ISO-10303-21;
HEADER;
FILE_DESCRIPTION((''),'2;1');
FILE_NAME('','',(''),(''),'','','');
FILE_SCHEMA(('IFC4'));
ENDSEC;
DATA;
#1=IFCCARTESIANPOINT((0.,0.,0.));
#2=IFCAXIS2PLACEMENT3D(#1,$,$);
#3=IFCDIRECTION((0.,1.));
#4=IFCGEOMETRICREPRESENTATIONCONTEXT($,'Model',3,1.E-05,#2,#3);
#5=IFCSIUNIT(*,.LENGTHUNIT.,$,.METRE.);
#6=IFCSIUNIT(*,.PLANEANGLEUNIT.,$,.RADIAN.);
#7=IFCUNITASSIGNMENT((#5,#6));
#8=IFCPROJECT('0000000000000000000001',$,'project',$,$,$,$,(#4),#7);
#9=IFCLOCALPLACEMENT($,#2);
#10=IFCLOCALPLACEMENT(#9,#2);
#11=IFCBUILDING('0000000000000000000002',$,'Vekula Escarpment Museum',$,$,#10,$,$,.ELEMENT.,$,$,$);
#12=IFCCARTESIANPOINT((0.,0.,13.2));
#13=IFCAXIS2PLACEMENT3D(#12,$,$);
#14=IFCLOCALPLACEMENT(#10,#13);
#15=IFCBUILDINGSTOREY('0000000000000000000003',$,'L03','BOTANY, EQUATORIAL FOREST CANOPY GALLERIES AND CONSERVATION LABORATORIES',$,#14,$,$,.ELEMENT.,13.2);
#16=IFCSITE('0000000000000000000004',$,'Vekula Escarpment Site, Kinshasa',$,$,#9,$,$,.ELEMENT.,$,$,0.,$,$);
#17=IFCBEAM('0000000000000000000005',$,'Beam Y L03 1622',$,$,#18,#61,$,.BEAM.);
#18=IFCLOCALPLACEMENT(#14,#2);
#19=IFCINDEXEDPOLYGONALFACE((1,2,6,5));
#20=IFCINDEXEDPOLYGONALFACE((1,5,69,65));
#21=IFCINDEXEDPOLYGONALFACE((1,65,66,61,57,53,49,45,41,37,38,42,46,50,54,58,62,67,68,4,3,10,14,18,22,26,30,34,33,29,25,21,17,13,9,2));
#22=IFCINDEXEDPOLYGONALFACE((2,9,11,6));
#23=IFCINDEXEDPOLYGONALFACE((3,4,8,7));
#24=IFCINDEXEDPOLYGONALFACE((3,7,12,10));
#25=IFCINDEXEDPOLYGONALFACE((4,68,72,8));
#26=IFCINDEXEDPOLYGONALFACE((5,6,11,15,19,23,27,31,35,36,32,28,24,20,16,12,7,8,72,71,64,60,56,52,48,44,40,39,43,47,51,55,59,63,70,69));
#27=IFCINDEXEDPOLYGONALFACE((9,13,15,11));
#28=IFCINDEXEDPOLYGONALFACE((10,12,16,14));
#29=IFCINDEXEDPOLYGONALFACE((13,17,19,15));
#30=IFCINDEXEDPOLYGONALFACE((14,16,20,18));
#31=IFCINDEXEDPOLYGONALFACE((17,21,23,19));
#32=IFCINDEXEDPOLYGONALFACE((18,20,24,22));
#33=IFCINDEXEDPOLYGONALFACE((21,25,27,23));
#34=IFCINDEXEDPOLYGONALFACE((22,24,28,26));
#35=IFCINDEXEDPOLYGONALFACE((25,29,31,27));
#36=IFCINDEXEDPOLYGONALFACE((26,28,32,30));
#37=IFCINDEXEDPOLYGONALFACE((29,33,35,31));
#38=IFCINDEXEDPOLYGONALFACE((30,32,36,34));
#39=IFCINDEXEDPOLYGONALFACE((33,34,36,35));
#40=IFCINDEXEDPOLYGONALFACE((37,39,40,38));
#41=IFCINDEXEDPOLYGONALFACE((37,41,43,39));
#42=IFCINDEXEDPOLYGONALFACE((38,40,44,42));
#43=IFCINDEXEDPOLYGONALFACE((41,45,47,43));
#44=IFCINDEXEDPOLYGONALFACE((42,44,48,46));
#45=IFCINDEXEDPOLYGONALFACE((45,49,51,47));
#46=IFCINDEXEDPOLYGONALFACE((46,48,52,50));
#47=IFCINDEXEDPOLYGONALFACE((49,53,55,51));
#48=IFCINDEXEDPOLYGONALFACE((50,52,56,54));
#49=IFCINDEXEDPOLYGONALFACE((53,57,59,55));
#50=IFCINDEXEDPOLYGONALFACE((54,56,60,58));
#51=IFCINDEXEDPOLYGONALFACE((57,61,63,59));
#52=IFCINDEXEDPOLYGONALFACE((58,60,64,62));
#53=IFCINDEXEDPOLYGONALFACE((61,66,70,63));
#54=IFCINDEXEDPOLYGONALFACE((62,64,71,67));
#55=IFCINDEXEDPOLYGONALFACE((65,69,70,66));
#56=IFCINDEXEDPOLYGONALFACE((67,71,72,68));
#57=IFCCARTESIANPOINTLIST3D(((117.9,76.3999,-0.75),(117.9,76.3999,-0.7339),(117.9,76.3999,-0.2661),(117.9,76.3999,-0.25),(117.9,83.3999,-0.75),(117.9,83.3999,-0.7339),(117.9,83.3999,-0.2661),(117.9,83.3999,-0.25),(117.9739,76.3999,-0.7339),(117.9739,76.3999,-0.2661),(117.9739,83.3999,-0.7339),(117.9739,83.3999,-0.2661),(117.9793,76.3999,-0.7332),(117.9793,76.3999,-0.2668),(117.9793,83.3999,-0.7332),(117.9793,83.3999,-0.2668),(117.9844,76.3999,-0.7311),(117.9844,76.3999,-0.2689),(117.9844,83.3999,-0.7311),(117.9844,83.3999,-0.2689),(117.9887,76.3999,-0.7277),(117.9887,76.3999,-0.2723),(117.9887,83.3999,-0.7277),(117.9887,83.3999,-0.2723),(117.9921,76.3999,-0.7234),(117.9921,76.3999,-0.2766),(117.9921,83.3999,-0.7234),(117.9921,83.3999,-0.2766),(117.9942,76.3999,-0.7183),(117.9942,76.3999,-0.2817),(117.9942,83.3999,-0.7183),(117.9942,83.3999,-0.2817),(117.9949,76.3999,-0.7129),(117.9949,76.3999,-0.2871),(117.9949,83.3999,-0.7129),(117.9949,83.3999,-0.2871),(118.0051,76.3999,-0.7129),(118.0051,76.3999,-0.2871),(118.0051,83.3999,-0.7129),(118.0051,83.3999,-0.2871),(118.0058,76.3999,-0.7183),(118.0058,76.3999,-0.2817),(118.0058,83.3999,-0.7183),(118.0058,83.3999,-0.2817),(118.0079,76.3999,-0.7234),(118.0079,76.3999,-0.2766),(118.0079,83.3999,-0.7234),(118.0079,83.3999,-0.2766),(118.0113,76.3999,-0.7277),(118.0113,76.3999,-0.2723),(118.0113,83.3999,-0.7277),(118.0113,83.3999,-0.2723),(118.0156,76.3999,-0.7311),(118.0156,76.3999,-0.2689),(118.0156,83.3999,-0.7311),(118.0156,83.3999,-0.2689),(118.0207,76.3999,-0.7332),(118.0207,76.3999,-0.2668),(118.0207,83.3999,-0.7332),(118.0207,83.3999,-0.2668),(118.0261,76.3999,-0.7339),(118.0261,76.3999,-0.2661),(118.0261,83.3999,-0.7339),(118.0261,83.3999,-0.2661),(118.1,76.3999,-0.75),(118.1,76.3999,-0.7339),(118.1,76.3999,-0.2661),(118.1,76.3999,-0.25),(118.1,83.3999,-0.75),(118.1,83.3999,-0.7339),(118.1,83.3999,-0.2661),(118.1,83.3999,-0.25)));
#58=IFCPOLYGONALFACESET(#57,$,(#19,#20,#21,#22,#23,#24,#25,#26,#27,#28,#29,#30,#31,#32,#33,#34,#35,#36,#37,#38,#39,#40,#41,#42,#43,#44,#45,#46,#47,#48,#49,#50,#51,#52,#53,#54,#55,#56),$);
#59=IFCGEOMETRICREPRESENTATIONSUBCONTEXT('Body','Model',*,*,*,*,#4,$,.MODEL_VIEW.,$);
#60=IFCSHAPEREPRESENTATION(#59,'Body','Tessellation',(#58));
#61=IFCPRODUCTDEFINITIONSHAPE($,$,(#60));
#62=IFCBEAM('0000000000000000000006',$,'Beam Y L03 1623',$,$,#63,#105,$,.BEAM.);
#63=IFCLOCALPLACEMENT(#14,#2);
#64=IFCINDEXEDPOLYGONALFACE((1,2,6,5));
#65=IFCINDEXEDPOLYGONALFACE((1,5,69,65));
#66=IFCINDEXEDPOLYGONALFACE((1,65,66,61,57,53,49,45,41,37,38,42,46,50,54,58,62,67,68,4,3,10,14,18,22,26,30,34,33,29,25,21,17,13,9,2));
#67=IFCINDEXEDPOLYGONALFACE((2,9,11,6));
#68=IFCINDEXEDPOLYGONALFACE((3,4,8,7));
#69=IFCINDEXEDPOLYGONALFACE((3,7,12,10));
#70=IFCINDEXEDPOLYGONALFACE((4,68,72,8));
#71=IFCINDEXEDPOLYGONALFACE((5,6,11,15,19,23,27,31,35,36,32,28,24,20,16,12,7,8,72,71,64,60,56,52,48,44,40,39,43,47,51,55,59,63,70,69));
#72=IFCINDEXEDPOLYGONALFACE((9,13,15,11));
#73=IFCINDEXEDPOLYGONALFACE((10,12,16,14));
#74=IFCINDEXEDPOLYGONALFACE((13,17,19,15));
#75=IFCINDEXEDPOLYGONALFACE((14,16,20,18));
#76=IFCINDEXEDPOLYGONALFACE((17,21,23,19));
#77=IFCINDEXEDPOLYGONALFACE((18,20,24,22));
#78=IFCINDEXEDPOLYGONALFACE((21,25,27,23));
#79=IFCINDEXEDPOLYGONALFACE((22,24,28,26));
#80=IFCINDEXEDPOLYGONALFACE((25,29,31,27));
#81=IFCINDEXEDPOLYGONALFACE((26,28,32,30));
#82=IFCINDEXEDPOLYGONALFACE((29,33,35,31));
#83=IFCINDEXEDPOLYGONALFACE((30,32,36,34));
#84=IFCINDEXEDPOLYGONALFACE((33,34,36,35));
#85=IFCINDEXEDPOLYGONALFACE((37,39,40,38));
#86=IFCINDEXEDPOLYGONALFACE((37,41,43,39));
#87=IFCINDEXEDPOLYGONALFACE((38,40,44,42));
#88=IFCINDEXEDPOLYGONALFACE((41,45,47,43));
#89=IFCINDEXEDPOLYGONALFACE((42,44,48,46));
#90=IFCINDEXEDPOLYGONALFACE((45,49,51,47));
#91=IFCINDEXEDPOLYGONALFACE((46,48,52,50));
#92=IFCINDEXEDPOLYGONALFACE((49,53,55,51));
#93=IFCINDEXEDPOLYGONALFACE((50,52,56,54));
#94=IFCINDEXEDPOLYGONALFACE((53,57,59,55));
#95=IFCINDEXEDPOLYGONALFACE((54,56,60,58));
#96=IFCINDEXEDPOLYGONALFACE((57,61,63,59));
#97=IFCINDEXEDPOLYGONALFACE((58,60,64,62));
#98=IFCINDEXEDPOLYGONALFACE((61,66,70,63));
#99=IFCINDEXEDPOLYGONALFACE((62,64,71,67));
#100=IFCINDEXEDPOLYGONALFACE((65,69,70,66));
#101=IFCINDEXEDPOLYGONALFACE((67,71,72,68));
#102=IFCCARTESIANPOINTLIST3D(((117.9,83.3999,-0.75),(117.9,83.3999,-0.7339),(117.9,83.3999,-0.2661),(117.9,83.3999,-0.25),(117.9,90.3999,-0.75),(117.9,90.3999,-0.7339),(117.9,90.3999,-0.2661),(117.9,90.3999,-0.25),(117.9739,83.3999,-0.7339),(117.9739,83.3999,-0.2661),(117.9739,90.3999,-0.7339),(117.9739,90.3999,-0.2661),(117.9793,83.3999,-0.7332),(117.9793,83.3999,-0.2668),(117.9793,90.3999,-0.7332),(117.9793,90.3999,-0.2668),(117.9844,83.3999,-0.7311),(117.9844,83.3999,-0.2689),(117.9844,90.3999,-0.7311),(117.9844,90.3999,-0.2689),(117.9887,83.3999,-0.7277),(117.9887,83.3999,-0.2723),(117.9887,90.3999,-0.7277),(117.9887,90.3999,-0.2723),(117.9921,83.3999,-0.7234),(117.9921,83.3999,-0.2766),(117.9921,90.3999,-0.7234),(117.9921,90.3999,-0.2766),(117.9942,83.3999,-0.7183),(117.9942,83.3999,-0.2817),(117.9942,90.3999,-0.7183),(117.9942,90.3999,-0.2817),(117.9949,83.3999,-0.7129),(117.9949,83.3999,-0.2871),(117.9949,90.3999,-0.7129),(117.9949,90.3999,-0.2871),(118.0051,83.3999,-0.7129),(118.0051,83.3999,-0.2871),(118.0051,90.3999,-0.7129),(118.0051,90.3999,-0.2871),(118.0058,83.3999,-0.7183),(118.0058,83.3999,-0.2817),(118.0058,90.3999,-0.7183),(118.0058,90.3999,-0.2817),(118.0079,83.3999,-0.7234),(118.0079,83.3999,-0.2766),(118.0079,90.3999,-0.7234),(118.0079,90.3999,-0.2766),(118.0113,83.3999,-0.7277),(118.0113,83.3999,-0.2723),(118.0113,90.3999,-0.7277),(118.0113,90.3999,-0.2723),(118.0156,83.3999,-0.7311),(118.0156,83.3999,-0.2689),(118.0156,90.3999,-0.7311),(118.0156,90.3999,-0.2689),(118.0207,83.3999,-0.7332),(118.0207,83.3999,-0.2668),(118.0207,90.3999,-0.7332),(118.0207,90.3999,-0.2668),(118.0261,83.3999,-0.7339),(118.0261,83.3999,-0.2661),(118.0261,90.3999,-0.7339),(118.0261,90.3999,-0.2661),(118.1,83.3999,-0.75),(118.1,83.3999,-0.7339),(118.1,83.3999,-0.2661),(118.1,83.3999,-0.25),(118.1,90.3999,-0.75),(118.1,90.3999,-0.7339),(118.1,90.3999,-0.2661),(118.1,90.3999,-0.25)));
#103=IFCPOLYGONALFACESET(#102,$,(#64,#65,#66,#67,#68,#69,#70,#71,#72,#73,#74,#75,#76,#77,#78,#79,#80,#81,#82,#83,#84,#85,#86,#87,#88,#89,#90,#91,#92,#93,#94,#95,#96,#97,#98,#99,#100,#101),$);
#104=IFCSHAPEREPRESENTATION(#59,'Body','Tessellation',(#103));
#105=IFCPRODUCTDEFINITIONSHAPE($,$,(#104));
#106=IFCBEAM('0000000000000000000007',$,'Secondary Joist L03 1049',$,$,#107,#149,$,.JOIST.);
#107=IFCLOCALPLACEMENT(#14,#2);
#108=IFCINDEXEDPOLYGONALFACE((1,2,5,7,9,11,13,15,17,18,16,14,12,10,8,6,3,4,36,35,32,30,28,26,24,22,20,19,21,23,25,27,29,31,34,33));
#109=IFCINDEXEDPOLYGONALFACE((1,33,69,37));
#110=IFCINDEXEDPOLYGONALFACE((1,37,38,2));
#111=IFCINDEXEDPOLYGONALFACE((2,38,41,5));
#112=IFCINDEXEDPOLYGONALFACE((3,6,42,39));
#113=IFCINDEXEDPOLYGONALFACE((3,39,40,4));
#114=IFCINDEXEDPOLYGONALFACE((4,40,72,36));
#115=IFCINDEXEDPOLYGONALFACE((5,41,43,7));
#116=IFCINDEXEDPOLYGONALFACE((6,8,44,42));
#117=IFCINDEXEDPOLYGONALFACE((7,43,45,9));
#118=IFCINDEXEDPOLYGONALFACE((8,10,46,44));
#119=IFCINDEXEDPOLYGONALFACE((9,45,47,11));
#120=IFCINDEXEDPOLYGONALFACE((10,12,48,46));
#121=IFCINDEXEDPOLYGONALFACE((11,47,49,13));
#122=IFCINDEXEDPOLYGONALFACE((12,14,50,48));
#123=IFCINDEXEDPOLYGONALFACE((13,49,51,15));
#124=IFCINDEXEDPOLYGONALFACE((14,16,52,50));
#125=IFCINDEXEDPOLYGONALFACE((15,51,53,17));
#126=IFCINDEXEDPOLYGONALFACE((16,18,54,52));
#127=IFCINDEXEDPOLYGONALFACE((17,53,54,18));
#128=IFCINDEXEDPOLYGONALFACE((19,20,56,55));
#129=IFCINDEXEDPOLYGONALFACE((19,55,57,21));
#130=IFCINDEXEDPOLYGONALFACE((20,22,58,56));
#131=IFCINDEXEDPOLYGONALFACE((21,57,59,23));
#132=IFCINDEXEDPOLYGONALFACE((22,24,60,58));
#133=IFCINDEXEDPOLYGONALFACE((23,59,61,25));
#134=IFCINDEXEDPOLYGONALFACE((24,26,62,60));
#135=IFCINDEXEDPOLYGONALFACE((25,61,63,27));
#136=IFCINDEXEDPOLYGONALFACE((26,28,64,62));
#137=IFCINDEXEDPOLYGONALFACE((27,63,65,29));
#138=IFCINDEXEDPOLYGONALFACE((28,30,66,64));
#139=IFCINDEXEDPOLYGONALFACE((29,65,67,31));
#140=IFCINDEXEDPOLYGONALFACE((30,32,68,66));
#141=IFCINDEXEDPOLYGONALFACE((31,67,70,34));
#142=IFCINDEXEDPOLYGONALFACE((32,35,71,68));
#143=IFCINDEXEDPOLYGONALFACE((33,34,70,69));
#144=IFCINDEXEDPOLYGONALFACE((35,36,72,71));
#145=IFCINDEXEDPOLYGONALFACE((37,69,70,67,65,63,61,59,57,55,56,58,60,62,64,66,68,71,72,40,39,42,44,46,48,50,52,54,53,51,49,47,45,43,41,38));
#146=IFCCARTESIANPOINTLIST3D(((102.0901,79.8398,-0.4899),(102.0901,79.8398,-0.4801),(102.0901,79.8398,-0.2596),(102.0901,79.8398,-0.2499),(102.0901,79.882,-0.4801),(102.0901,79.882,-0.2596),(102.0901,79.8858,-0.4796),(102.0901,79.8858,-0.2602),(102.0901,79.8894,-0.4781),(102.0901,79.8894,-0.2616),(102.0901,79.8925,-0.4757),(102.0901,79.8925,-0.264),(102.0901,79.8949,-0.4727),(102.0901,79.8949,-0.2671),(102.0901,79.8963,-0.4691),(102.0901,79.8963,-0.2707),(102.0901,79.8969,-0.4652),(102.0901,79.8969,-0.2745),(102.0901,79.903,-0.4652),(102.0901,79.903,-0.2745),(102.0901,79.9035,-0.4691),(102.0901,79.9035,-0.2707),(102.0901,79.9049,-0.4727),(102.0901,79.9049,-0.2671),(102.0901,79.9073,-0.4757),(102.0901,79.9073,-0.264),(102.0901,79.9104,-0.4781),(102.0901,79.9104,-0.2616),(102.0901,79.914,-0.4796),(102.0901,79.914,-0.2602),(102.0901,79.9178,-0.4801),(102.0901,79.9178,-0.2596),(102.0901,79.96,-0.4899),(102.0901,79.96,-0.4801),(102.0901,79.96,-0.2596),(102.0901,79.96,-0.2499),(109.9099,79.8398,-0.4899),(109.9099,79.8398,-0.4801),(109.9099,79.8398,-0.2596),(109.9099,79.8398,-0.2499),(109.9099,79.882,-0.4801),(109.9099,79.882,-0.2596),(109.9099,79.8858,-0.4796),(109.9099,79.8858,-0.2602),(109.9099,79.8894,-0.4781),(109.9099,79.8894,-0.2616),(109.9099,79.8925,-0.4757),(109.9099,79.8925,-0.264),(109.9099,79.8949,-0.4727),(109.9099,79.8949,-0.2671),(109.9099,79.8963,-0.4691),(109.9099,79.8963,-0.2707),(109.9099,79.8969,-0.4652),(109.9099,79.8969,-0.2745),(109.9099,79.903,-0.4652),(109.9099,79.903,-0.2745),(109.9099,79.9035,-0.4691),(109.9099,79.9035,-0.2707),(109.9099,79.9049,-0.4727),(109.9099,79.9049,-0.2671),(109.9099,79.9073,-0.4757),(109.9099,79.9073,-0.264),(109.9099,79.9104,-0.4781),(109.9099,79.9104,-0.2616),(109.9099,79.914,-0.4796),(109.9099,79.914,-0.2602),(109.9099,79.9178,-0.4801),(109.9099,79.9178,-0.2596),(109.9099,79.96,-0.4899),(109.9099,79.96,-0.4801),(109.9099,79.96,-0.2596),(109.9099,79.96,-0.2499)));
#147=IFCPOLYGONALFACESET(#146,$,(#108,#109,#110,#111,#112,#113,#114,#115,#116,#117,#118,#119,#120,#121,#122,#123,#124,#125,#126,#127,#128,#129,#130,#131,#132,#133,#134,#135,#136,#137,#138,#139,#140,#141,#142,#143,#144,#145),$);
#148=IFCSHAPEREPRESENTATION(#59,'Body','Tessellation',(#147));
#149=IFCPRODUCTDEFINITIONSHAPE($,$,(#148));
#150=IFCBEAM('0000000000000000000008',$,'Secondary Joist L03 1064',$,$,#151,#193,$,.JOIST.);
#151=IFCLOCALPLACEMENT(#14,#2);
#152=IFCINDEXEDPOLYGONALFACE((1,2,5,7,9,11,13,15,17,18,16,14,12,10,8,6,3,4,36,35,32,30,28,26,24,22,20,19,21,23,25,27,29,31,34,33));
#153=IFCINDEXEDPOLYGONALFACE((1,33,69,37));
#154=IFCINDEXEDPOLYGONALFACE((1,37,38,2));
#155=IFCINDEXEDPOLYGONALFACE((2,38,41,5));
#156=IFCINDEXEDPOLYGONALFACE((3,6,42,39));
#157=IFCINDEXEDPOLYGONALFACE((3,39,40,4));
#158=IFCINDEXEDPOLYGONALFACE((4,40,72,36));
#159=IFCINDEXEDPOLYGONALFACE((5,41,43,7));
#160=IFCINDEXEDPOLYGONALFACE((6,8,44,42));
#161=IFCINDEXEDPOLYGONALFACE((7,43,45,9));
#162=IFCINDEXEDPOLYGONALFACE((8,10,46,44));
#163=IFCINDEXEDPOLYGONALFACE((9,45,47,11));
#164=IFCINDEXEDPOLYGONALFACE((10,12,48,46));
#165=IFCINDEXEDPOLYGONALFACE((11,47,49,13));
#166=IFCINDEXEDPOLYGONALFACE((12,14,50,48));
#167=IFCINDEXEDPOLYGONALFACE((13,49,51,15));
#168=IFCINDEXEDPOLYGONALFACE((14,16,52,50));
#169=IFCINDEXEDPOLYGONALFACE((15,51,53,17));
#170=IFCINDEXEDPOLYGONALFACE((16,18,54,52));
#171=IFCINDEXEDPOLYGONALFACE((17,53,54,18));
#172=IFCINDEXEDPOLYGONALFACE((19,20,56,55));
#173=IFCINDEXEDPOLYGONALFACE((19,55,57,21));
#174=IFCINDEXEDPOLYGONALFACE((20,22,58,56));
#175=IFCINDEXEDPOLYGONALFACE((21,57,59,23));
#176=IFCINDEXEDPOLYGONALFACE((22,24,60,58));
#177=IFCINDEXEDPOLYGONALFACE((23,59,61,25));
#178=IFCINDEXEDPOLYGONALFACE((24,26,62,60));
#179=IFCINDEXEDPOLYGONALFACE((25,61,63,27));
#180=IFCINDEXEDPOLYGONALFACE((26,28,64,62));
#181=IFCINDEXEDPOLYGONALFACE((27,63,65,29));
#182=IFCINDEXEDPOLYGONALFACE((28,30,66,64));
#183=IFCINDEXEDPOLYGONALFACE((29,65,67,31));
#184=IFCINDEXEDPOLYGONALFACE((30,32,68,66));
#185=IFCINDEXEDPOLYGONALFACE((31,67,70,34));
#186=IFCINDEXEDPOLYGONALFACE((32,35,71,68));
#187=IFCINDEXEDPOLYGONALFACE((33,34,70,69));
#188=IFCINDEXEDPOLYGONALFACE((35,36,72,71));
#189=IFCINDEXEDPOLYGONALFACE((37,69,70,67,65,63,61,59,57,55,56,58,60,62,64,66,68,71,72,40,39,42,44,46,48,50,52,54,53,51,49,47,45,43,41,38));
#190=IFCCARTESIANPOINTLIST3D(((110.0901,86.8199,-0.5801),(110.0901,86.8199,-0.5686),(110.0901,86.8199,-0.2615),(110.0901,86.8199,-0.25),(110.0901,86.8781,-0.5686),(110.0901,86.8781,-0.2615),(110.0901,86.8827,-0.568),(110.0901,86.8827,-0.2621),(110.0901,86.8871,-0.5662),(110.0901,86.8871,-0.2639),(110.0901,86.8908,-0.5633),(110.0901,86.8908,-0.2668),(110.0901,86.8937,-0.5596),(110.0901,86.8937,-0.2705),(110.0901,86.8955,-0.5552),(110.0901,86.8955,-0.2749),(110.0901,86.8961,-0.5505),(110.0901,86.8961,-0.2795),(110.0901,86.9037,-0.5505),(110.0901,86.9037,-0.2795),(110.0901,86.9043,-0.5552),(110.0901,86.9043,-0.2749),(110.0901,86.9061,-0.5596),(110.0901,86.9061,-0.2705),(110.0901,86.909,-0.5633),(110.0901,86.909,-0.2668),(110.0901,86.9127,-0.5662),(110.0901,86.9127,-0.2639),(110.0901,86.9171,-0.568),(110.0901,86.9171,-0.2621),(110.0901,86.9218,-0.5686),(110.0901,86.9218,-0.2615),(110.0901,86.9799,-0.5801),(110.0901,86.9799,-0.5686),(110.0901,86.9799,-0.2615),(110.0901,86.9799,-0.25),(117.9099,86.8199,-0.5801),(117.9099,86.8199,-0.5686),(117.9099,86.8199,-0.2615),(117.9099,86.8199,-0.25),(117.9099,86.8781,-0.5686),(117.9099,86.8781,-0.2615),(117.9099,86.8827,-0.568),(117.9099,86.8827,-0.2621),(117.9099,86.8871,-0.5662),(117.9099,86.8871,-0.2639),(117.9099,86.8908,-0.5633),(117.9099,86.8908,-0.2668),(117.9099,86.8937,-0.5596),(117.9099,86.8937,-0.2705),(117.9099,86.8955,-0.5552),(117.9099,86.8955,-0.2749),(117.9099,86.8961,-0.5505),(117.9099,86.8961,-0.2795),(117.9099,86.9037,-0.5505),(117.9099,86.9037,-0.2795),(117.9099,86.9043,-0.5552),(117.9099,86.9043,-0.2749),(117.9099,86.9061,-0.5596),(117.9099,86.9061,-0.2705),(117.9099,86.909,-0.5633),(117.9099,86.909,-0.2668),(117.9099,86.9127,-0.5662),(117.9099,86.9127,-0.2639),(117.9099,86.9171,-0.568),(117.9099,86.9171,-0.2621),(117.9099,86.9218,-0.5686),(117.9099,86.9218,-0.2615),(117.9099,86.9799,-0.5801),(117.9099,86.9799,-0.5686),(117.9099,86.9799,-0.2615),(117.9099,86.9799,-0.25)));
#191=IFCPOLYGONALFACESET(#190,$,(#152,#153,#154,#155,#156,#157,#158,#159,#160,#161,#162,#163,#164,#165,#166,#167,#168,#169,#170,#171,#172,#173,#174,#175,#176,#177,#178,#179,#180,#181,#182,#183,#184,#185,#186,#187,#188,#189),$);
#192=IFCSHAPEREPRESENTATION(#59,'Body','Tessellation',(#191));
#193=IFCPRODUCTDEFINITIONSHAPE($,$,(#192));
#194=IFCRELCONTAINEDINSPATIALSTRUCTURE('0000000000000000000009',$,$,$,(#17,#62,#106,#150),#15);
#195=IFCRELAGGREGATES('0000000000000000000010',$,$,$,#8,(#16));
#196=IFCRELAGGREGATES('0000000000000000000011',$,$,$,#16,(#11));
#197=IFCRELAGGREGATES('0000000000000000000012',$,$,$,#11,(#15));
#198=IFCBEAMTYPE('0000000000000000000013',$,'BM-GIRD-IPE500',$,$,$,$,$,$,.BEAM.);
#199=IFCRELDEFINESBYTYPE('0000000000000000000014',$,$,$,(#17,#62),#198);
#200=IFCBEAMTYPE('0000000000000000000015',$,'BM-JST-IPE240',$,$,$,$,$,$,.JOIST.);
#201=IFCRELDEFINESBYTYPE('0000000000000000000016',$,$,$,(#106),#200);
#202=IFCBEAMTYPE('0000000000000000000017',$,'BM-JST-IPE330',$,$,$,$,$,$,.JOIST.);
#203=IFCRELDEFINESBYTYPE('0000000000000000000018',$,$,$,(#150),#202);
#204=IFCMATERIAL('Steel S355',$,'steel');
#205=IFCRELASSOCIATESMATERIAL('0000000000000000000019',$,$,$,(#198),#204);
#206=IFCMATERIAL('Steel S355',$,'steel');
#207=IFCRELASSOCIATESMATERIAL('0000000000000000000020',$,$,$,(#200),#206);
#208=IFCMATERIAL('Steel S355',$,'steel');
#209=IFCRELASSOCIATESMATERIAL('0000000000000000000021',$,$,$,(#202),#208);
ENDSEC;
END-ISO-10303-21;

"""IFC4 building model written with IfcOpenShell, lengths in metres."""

from ifc_helpers import new_model, si_unit, direction, frame, origin, origin_2d, place, context, subcontext, project, spatial, i_section, extrude, material, material_profile, profile_set, type_object, element, save


model = new_model("IFC4")

# Units and contexts
model_context = context("Model", 3, precision=1e-05, world=origin(), true_north=direction((0.0, 1.0)))
body_context = subcontext(model_context, "Body", "Model", "MODEL_VIEW")
ifc_project = project(units=[si_unit("LENGTHUNIT", "METRE"), si_unit("PLANEANGLEUNIT", "RADIAN")], contexts=[model_context])

# Site, building, storey
site_placement = place(None, origin())
site = spatial("IfcSite", under=ifc_project, at=site_placement, Name="Vekula Escarpment Site, Kinshasa", CompositionType="ELEMENT", RefElevation=0.0)
building_placement = place(site_placement, origin())
building = spatial("IfcBuilding", under=site, at=building_placement, Name="Vekula Escarpment Museum", CompositionType="ELEMENT")
storey_placement = place(building_placement, frame((0.0, 0.0, 13.2)))
storey = spatial("IfcBuildingStorey", under=building, at=storey_placement, Name="L03", Description="BOTANY, EQUATORIAL FOREST CANOPY GALLERIES AND CONSERVATION LABORATORIES", CompositionType="ELEMENT", Elevation=13.2)

# Beams
ifc_material_1 = material(Name="Steel S355", Category="steel")
ifc_material_profile_1 = material_profile(ifc_material_1, i_section(OverallWidth=0.2, OverallDepth=0.5, WebThickness=0.0103, FlangeThickness=0.0161, FilletRadius=0.021, at=origin_2d()), Name="IPE 500")
ifc_profile_set_1 = profile_set([ifc_material_profile_1], Name="Steel S355")
beam_type_1 = type_object("IfcBeamType", Name="BM-GIRD-IPE500", PredefinedType="BEAM", material=ifc_profile_set_1)
for number, where, z_axis, x_axis, name in (
    (1, (118.0, 76.3999, -0.5), (0.0, 1.0, 0.0), (-1.0, 0.0, 0.0), "Beam Y L03 1622"),
    (2, (118.0, 83.3999, -0.5), (0.0, 1.0, 0.0), (-1.0, 0.0, 0.0), "Beam Y L03 1623"),
):
    element("IfcBeam", number, at=place(storey_placement, frame(where, z_axis=z_axis, x_axis=x_axis)), inside=storey, type_object=beam_type_1, Name=name, PredefinedType="BEAM", context=body_context, shape_type="SweptSolid", body=[
        extrude(i_section(OverallWidth=0.2, OverallDepth=0.5, WebThickness=0.0103, FlangeThickness=0.0161, FilletRadius=0.021, at=origin_2d()), origin(), (0.0, 0.0, 1.0), 7.0),
    ])
ifc_material_2 = material(Name="Steel S355", Category="steel")
ifc_material_profile_2 = material_profile(ifc_material_2, i_section(OverallWidth=0.1201, OverallDepth=0.24, WebThickness=0.0061, FlangeThickness=0.0098, FilletRadius=0.0149, at=origin_2d()), Name="IPE 240")
ifc_profile_set_2 = profile_set([ifc_material_profile_2], Name="Steel S355")
beam_type_2 = type_object("IfcBeamType", Name="BM-JST-IPE240", PredefinedType="JOIST", material=ifc_profile_set_2)
beam_1_placement = place(storey_placement, frame((102.0901, 79.8999, -0.3699), z_axis=(1.0, 0.0, 0.0), x_axis=(0.0, 1.0, 0.0)))
element("IfcBeam", 3, at=beam_1_placement, inside=storey, type_object=beam_type_2, Name="Secondary Joist L03 1049", PredefinedType="JOIST", context=body_context, shape_type="SweptSolid", body=[
    extrude(i_section(OverallWidth=0.1201, OverallDepth=0.24, WebThickness=0.0061, FlangeThickness=0.0098, FilletRadius=0.0149, at=origin_2d()), origin(), (0.0, 0.0, 1.0), 7.8198),
])
ifc_material_3 = material(Name="Steel S355", Category="steel")
ifc_material_profile_3 = material_profile(ifc_material_3, i_section(OverallWidth=0.1599, OverallDepth=0.3301, WebThickness=0.0076, FlangeThickness=0.0115, FilletRadius=0.0181, at=origin_2d()), Name="IPE 330")
ifc_profile_set_3 = profile_set([ifc_material_profile_3], Name="Steel S355")
beam_type_3 = type_object("IfcBeamType", Name="BM-JST-IPE330", PredefinedType="JOIST", material=ifc_profile_set_3)
for number, where, z_axis, x_axis, name in (
    (4, (110.0901, 86.8999, -0.415), (1.0, 0.0, 0.0), (0.0, 1.0, 0.0), "Secondary Joist L03 1064"),
):
    element("IfcBeam", number, at=place(storey_placement, frame(where, z_axis=z_axis, x_axis=x_axis)), inside=storey, type_object=beam_type_3, Name=name, PredefinedType="JOIST", context=body_context, shape_type="SweptSolid", body=[
        extrude(i_section(OverallWidth=0.1599, OverallDepth=0.3301, WebThickness=0.0076, FlangeThickness=0.0115, FilletRadius=0.0181, at=origin_2d()), origin(), (0.0, 0.0, 1.0), 7.8198),
    ])

save(model, "model.ifc")
